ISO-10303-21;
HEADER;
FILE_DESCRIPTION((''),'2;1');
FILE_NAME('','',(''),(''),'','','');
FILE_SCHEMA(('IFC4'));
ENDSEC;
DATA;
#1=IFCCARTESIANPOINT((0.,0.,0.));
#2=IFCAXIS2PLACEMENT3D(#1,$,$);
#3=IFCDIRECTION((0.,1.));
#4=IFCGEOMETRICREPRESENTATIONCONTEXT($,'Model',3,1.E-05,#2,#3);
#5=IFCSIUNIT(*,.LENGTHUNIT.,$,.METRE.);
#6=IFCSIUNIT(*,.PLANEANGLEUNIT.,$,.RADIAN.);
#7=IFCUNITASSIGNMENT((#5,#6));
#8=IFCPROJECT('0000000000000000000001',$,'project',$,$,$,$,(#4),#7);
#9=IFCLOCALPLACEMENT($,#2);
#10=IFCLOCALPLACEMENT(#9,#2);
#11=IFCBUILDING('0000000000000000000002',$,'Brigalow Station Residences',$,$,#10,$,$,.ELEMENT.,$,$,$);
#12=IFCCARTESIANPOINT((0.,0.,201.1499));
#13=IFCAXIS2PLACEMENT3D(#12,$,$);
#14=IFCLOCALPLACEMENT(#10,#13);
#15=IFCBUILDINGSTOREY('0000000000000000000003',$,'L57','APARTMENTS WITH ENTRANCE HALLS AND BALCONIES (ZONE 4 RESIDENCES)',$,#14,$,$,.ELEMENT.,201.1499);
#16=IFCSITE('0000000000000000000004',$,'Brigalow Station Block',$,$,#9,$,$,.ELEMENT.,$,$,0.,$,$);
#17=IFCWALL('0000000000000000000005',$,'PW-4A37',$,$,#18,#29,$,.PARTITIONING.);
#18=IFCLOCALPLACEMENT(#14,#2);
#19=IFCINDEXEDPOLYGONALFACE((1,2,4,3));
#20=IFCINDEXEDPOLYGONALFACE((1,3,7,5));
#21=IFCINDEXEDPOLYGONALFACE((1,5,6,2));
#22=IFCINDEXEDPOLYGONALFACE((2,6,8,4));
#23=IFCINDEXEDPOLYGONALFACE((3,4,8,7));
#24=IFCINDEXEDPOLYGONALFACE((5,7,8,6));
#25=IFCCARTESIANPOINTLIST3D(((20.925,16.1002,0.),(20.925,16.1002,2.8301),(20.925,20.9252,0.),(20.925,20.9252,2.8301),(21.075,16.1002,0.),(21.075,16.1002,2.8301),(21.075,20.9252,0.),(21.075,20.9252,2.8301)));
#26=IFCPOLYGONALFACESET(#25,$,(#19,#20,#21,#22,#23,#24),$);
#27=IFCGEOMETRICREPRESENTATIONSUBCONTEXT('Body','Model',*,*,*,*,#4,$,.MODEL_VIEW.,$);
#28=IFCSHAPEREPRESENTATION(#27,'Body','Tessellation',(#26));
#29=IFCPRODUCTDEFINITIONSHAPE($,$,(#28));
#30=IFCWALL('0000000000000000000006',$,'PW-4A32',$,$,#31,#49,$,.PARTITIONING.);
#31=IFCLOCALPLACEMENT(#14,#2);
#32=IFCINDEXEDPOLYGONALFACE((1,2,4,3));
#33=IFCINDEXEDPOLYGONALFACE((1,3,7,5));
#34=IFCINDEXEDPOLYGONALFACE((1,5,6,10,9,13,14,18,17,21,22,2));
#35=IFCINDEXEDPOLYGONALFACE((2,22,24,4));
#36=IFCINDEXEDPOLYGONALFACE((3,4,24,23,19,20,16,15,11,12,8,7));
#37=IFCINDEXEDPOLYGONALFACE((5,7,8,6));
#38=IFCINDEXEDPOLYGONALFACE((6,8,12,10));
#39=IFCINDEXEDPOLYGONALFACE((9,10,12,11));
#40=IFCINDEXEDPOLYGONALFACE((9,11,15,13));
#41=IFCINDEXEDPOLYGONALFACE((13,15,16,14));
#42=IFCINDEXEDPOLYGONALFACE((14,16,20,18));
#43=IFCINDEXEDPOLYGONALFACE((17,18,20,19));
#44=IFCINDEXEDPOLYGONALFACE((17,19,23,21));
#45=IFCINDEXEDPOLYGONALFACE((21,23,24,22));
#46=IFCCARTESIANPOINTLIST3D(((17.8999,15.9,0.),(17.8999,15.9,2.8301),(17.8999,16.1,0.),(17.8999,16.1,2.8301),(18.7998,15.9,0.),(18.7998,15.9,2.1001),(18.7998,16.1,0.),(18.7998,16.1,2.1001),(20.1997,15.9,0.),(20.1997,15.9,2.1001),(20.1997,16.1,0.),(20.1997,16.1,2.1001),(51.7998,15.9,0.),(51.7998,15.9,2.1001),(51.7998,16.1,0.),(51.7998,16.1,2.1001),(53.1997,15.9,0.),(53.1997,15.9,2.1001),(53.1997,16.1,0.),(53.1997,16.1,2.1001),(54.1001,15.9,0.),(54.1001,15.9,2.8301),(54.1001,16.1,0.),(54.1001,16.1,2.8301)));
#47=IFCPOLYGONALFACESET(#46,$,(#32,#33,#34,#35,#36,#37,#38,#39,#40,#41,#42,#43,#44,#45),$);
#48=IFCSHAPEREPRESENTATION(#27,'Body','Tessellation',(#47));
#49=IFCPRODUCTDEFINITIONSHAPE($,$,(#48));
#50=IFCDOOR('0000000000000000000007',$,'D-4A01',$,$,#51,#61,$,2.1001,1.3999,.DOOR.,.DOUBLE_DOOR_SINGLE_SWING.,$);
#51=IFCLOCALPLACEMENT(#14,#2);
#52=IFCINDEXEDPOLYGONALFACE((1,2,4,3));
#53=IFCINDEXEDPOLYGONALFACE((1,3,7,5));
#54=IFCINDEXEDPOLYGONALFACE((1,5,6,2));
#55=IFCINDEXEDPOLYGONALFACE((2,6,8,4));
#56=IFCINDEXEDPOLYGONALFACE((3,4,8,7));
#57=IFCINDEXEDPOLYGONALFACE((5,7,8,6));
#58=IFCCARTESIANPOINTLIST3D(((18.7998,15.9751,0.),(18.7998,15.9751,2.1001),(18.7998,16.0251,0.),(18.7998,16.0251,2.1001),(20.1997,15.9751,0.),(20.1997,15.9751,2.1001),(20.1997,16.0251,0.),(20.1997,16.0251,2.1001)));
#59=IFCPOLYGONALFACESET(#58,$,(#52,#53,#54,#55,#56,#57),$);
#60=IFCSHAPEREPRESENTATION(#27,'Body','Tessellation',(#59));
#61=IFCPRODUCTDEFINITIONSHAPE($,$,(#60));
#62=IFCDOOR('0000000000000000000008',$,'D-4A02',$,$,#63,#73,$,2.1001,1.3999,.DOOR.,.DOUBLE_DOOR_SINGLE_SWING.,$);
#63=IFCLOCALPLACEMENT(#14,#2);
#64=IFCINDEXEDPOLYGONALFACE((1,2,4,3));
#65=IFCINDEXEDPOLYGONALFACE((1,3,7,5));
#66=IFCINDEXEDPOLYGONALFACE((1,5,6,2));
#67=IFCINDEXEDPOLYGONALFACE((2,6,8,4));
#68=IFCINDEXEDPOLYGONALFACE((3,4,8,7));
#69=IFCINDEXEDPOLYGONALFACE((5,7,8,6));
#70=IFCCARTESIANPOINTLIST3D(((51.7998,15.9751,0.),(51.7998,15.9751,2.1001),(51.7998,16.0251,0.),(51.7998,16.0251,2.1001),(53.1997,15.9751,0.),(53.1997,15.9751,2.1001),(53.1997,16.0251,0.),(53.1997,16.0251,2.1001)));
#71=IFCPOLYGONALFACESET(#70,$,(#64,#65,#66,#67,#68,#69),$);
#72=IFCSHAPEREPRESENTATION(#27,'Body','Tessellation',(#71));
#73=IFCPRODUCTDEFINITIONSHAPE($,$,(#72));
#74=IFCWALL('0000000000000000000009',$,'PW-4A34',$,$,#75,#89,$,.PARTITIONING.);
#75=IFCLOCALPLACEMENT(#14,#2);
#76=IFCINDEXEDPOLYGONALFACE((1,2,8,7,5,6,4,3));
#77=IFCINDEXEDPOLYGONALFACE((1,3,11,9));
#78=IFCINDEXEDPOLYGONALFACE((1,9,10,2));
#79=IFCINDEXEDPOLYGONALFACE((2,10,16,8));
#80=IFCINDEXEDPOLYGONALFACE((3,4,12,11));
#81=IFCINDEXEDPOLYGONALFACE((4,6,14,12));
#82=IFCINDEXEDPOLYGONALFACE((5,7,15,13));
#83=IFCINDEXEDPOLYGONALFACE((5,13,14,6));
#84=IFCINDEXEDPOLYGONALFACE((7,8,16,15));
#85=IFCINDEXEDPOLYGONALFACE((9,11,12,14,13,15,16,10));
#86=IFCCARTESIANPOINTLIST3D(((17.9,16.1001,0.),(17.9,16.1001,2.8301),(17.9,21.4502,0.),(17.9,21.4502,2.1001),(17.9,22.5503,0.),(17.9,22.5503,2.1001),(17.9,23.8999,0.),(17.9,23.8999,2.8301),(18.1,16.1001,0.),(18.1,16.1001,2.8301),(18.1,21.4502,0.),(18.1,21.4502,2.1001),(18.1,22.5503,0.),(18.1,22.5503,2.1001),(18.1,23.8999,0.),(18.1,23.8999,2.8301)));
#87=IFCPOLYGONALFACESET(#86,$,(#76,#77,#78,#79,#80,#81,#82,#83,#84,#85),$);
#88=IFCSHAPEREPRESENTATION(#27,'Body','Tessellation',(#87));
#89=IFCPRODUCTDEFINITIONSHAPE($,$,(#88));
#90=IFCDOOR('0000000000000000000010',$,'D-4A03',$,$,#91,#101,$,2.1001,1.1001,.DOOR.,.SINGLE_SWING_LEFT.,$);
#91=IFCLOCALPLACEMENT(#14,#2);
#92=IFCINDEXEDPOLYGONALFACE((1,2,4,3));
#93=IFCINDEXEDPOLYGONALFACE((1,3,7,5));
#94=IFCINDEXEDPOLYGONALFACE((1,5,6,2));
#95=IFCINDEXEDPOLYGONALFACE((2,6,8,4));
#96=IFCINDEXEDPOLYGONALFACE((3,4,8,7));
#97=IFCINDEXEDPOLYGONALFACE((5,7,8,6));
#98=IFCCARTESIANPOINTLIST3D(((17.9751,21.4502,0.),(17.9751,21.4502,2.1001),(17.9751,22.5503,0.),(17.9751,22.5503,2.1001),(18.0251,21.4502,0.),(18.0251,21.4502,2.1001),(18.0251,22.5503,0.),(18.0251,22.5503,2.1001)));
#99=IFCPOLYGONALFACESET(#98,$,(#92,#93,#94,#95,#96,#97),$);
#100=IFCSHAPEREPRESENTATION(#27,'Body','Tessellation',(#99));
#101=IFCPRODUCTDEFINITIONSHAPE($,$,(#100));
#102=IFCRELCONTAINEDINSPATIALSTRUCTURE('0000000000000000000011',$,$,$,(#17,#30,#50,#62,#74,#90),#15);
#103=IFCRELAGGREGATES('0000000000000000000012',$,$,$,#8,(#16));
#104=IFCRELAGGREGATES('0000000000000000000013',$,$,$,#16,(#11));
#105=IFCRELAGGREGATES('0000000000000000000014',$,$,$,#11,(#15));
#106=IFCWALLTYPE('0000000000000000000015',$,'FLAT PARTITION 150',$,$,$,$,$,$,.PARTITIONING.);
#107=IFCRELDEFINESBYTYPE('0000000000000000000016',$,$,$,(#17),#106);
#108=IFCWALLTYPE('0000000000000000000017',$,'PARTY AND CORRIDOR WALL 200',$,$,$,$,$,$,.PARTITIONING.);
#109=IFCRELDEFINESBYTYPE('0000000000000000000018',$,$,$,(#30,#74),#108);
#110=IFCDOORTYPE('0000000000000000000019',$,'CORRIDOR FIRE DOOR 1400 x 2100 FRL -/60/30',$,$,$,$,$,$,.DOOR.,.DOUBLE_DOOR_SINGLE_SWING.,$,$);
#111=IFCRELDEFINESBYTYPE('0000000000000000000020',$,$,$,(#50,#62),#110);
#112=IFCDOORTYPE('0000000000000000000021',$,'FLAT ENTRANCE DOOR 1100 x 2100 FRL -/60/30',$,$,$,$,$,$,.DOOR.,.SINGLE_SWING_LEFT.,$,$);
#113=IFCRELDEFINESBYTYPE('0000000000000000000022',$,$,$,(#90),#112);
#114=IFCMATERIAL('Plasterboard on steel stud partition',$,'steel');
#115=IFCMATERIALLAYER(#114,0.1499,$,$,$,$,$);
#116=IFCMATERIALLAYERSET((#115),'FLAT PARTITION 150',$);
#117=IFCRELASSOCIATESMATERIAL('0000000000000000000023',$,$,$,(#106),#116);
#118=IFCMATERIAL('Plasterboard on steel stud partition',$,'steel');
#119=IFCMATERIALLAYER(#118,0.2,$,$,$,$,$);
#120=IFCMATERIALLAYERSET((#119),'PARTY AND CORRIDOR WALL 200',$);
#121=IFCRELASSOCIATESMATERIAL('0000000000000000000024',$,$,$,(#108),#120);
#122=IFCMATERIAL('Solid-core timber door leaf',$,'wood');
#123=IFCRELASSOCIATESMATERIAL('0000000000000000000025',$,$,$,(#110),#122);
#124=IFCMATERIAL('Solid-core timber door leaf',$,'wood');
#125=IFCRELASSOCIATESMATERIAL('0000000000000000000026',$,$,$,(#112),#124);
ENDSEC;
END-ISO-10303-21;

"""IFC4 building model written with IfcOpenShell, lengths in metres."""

from ifc_helpers import new_model, si_unit, direction, frame, frame_2d, origin, place, context, subcontext, project, spatial, rectangle, extrude, material, layer, layer_set, type_object, element, fill, save


model = new_model("IFC4")

# Units and contexts
model_context = context("Model", 3, precision=1e-05, world=origin(), true_north=direction((0.0, 1.0)))
body_context = subcontext(model_context, "Body", "Model", "MODEL_VIEW")
ifc_project = project(units=[si_unit("LENGTHUNIT", "METRE"), si_unit("PLANEANGLEUNIT", "RADIAN")], contexts=[model_context])

# Site, building, storey
site_placement = place(None, origin())
site = spatial("IfcSite", under=ifc_project, at=site_placement, Name="Brigalow Station Block", CompositionType="ELEMENT", RefElevation=0.0)
building_placement = place(site_placement, origin())
building = spatial("IfcBuilding", under=site, at=building_placement, Name="Brigalow Station Residences", CompositionType="ELEMENT")
storey_placement = place(building_placement, frame((0.0, 0.0, 201.1499)))
storey = spatial("IfcBuildingStorey", under=building, at=storey_placement, Name="L57", Description="APARTMENTS WITH ENTRANCE HALLS AND BALCONIES (ZONE 4 RESIDENCES)", CompositionType="ELEMENT", Elevation=201.1499)

# Wall
ifc_material_1 = material(Name="Plasterboard on steel stud partition", Category="steel")
ifc_layer_1 = layer(ifc_material_1, 0.1499)
ifc_layer_set_1 = layer_set([ifc_layer_1], Name="FLAT PARTITION 150")
wall_type_1 = type_object("IfcWallType", Name="FLAT PARTITION 150", PredefinedType="PARTITIONING", material=ifc_layer_set_1)
wall_1_placement = place(storey_placement, frame((21.0, 16.1001, 0.0), z_axis=(0.0, 0.0, 1.0), x_axis=(0.0, 1.0, 0.0)))
element("IfcWall", 1, at=wall_1_placement, inside=storey, type_object=wall_type_1, Name="PW-4A37", PredefinedType="PARTITIONING", context=body_context, shape_type="SweptSolid", body=[
    extrude(rectangle(XDim=4.825, YDim=0.1499, at=frame_2d((2.4126, 0.0))), origin(), (0.0, 0.0, 1.0), 2.8301),
])

# Wall, openings, doors
ifc_material_2 = material(Name="Plasterboard on steel stud partition", Category="steel")
ifc_layer_2 = layer(ifc_material_2, 0.2)
ifc_layer_set_2 = layer_set([ifc_layer_2], Name="PARTY AND CORRIDOR WALL 200")
wall_type_2 = type_object("IfcWallType", Name="PARTY AND CORRIDOR WALL 200", PredefinedType="PARTITIONING", material=ifc_layer_set_2)
wall_2_placement = place(storey_placement, frame((17.8999, 16.0, 0.0), z_axis=(0.0, 0.0, 1.0), x_axis=(1.0, 0.0, 0.0)))
wall_2 = element("IfcWall", 2, at=wall_2_placement, inside=storey, type_object=wall_type_2, Name="PW-4A32", PredefinedType="PARTITIONING", context=body_context, shape_type="SweptSolid", body=[
    extrude(rectangle(XDim=36.2002, YDim=0.2, at=frame_2d((18.1001, 0.0))), origin(), (0.0, 0.0, 1.0), 2.8301),
])
opening_1_placement = place(wall_2_placement, frame((0.8999, 0.0, 0.0)))
opening_1 = element("IfcOpeningElement", 3, at=opening_1_placement, cuts=wall_2, PredefinedType="OPENING", context=body_context, shape_type="SweptSolid", body=[
    extrude(rectangle(XDim=1.3999, YDim=2.1001, at=frame_2d((0.7, 1.05))), frame((0.0, 0.1099, 0.0), z_axis=(0.0, -1.0, 0.0), x_axis=(1.0, 0.0, 0.0)), (0.0, 0.0, 1.0), 0.22),
])
opening_2_placement = place(wall_2_placement, frame((33.8999, 0.0, 0.0)))
opening_2 = element("IfcOpeningElement", 4, at=opening_2_placement, cuts=wall_2, PredefinedType="OPENING", context=body_context, shape_type="SweptSolid", body=[
    extrude(rectangle(XDim=1.3999, YDim=2.1001, at=frame_2d((0.7, 1.05))), frame((0.0, 0.1099, 0.0), z_axis=(0.0, -1.0, 0.0), x_axis=(1.0, 0.0, 0.0)), (0.0, 0.0, 1.0), 0.22),
])
ifc_material_3 = material(Name="Solid-core timber door leaf", Category="wood")
door_type_1 = type_object("IfcDoorType", Name="CORRIDOR FIRE DOOR 1400 x 2100 FRL -/60/30", OperationType="DOUBLE_DOOR_SINGLE_SWING", PredefinedType="DOOR", material=ifc_material_3)
door_1_placement = place(opening_1_placement, frame((1.3999, 0.0, 0.0), z_axis=(0.0, 0.0, 1.0), x_axis=(-1.0, 0.0, 0.0)))
door_1 = element("IfcDoor", 5, at=door_1_placement, inside=storey, type_object=door_type_1, Name="D-4A01", OperationType="DOUBLE_DOOR_SINGLE_SWING", OverallHeight=2.1001, OverallWidth=1.3999, PredefinedType="DOOR", context=body_context, shape_type="SweptSolid", body=[
    extrude(rectangle(XDim=1.3999, YDim=2.1001, at=frame_2d((0.7, 1.05))), frame((0.0, 0.0249, 0.0), z_axis=(0.0, -1.0, 0.0), x_axis=(1.0, 0.0, 0.0)), (0.0, 0.0, 1.0), 0.05),
])
fill(opening_1, door_1)
door_2_placement = place(opening_2_placement, frame((1.3999, 0.0, 0.0), z_axis=(0.0, 0.0, 1.0), x_axis=(-1.0, 0.0, 0.0)))
door_2 = element("IfcDoor", 6, at=door_2_placement, inside=storey, type_object=door_type_1, Name="D-4A02", OperationType="DOUBLE_DOOR_SINGLE_SWING", OverallHeight=2.1001, OverallWidth=1.3999, PredefinedType="DOOR", context=body_context, shape_type="SweptSolid", body=[
    extrude(rectangle(XDim=1.3999, YDim=2.1001, at=frame_2d((0.7, 1.05))), frame((0.0, 0.0249, 0.0), z_axis=(0.0, -1.0, 0.0), x_axis=(1.0, 0.0, 0.0)), (0.0, 0.0, 1.0), 0.05),
])
fill(opening_2, door_2)

# Wall, opening, door
wall_3_placement = place(storey_placement, frame((18.0, 16.1001, 0.0), z_axis=(0.0, 0.0, 1.0), x_axis=(0.0, 1.0, 0.0)))
wall_3 = element("IfcWall", 7, at=wall_3_placement, inside=storey, type_object=wall_type_2, Name="PW-4A34", PredefinedType="PARTITIONING", context=body_context, shape_type="SweptSolid", body=[
    extrude(rectangle(XDim=7.7998, YDim=0.2, at=frame_2d((3.8999, 0.0))), origin(), (0.0, 0.0, 1.0), 2.8301),
])
opening_3_placement = place(wall_3_placement, frame((5.3501, 0.0, 0.0)))
opening_3 = element("IfcOpeningElement", 8, at=opening_3_placement, cuts=wall_3, PredefinedType="OPENING", context=body_context, shape_type="SweptSolid", body=[
    extrude(rectangle(XDim=1.1001, YDim=2.1001, at=frame_2d((0.55, 1.05))), frame((0.0, 0.1099, 0.0), z_axis=(0.0, -1.0, 0.0), x_axis=(1.0, 0.0, 0.0)), (0.0, 0.0, 1.0), 0.22),
])
ifc_material_4 = material(Name="Solid-core timber door leaf", Category="wood")
door_type_2 = type_object("IfcDoorType", Name="FLAT ENTRANCE DOOR 1100 x 2100 FRL -/60/30", OperationType="SINGLE_SWING_LEFT", PredefinedType="DOOR", material=ifc_material_4)
door_3_placement = place(opening_3_placement, origin())
door_3 = element("IfcDoor", 9, at=door_3_placement, inside=storey, type_object=door_type_2, Name="D-4A03", OperationType="SINGLE_SWING_LEFT", OverallHeight=2.1001, OverallWidth=1.1001, PredefinedType="DOOR", context=body_context, shape_type="SweptSolid", body=[
    extrude(rectangle(XDim=1.1001, YDim=2.1001, at=frame_2d((0.55, 1.05))), frame((0.0, 0.0249, 0.0), z_axis=(0.0, -1.0, 0.0), x_axis=(1.0, 0.0, 0.0)), (0.0, 0.0, 1.0), 0.05),
])
fill(opening_3, door_3)

save(model, "model.ifc")
